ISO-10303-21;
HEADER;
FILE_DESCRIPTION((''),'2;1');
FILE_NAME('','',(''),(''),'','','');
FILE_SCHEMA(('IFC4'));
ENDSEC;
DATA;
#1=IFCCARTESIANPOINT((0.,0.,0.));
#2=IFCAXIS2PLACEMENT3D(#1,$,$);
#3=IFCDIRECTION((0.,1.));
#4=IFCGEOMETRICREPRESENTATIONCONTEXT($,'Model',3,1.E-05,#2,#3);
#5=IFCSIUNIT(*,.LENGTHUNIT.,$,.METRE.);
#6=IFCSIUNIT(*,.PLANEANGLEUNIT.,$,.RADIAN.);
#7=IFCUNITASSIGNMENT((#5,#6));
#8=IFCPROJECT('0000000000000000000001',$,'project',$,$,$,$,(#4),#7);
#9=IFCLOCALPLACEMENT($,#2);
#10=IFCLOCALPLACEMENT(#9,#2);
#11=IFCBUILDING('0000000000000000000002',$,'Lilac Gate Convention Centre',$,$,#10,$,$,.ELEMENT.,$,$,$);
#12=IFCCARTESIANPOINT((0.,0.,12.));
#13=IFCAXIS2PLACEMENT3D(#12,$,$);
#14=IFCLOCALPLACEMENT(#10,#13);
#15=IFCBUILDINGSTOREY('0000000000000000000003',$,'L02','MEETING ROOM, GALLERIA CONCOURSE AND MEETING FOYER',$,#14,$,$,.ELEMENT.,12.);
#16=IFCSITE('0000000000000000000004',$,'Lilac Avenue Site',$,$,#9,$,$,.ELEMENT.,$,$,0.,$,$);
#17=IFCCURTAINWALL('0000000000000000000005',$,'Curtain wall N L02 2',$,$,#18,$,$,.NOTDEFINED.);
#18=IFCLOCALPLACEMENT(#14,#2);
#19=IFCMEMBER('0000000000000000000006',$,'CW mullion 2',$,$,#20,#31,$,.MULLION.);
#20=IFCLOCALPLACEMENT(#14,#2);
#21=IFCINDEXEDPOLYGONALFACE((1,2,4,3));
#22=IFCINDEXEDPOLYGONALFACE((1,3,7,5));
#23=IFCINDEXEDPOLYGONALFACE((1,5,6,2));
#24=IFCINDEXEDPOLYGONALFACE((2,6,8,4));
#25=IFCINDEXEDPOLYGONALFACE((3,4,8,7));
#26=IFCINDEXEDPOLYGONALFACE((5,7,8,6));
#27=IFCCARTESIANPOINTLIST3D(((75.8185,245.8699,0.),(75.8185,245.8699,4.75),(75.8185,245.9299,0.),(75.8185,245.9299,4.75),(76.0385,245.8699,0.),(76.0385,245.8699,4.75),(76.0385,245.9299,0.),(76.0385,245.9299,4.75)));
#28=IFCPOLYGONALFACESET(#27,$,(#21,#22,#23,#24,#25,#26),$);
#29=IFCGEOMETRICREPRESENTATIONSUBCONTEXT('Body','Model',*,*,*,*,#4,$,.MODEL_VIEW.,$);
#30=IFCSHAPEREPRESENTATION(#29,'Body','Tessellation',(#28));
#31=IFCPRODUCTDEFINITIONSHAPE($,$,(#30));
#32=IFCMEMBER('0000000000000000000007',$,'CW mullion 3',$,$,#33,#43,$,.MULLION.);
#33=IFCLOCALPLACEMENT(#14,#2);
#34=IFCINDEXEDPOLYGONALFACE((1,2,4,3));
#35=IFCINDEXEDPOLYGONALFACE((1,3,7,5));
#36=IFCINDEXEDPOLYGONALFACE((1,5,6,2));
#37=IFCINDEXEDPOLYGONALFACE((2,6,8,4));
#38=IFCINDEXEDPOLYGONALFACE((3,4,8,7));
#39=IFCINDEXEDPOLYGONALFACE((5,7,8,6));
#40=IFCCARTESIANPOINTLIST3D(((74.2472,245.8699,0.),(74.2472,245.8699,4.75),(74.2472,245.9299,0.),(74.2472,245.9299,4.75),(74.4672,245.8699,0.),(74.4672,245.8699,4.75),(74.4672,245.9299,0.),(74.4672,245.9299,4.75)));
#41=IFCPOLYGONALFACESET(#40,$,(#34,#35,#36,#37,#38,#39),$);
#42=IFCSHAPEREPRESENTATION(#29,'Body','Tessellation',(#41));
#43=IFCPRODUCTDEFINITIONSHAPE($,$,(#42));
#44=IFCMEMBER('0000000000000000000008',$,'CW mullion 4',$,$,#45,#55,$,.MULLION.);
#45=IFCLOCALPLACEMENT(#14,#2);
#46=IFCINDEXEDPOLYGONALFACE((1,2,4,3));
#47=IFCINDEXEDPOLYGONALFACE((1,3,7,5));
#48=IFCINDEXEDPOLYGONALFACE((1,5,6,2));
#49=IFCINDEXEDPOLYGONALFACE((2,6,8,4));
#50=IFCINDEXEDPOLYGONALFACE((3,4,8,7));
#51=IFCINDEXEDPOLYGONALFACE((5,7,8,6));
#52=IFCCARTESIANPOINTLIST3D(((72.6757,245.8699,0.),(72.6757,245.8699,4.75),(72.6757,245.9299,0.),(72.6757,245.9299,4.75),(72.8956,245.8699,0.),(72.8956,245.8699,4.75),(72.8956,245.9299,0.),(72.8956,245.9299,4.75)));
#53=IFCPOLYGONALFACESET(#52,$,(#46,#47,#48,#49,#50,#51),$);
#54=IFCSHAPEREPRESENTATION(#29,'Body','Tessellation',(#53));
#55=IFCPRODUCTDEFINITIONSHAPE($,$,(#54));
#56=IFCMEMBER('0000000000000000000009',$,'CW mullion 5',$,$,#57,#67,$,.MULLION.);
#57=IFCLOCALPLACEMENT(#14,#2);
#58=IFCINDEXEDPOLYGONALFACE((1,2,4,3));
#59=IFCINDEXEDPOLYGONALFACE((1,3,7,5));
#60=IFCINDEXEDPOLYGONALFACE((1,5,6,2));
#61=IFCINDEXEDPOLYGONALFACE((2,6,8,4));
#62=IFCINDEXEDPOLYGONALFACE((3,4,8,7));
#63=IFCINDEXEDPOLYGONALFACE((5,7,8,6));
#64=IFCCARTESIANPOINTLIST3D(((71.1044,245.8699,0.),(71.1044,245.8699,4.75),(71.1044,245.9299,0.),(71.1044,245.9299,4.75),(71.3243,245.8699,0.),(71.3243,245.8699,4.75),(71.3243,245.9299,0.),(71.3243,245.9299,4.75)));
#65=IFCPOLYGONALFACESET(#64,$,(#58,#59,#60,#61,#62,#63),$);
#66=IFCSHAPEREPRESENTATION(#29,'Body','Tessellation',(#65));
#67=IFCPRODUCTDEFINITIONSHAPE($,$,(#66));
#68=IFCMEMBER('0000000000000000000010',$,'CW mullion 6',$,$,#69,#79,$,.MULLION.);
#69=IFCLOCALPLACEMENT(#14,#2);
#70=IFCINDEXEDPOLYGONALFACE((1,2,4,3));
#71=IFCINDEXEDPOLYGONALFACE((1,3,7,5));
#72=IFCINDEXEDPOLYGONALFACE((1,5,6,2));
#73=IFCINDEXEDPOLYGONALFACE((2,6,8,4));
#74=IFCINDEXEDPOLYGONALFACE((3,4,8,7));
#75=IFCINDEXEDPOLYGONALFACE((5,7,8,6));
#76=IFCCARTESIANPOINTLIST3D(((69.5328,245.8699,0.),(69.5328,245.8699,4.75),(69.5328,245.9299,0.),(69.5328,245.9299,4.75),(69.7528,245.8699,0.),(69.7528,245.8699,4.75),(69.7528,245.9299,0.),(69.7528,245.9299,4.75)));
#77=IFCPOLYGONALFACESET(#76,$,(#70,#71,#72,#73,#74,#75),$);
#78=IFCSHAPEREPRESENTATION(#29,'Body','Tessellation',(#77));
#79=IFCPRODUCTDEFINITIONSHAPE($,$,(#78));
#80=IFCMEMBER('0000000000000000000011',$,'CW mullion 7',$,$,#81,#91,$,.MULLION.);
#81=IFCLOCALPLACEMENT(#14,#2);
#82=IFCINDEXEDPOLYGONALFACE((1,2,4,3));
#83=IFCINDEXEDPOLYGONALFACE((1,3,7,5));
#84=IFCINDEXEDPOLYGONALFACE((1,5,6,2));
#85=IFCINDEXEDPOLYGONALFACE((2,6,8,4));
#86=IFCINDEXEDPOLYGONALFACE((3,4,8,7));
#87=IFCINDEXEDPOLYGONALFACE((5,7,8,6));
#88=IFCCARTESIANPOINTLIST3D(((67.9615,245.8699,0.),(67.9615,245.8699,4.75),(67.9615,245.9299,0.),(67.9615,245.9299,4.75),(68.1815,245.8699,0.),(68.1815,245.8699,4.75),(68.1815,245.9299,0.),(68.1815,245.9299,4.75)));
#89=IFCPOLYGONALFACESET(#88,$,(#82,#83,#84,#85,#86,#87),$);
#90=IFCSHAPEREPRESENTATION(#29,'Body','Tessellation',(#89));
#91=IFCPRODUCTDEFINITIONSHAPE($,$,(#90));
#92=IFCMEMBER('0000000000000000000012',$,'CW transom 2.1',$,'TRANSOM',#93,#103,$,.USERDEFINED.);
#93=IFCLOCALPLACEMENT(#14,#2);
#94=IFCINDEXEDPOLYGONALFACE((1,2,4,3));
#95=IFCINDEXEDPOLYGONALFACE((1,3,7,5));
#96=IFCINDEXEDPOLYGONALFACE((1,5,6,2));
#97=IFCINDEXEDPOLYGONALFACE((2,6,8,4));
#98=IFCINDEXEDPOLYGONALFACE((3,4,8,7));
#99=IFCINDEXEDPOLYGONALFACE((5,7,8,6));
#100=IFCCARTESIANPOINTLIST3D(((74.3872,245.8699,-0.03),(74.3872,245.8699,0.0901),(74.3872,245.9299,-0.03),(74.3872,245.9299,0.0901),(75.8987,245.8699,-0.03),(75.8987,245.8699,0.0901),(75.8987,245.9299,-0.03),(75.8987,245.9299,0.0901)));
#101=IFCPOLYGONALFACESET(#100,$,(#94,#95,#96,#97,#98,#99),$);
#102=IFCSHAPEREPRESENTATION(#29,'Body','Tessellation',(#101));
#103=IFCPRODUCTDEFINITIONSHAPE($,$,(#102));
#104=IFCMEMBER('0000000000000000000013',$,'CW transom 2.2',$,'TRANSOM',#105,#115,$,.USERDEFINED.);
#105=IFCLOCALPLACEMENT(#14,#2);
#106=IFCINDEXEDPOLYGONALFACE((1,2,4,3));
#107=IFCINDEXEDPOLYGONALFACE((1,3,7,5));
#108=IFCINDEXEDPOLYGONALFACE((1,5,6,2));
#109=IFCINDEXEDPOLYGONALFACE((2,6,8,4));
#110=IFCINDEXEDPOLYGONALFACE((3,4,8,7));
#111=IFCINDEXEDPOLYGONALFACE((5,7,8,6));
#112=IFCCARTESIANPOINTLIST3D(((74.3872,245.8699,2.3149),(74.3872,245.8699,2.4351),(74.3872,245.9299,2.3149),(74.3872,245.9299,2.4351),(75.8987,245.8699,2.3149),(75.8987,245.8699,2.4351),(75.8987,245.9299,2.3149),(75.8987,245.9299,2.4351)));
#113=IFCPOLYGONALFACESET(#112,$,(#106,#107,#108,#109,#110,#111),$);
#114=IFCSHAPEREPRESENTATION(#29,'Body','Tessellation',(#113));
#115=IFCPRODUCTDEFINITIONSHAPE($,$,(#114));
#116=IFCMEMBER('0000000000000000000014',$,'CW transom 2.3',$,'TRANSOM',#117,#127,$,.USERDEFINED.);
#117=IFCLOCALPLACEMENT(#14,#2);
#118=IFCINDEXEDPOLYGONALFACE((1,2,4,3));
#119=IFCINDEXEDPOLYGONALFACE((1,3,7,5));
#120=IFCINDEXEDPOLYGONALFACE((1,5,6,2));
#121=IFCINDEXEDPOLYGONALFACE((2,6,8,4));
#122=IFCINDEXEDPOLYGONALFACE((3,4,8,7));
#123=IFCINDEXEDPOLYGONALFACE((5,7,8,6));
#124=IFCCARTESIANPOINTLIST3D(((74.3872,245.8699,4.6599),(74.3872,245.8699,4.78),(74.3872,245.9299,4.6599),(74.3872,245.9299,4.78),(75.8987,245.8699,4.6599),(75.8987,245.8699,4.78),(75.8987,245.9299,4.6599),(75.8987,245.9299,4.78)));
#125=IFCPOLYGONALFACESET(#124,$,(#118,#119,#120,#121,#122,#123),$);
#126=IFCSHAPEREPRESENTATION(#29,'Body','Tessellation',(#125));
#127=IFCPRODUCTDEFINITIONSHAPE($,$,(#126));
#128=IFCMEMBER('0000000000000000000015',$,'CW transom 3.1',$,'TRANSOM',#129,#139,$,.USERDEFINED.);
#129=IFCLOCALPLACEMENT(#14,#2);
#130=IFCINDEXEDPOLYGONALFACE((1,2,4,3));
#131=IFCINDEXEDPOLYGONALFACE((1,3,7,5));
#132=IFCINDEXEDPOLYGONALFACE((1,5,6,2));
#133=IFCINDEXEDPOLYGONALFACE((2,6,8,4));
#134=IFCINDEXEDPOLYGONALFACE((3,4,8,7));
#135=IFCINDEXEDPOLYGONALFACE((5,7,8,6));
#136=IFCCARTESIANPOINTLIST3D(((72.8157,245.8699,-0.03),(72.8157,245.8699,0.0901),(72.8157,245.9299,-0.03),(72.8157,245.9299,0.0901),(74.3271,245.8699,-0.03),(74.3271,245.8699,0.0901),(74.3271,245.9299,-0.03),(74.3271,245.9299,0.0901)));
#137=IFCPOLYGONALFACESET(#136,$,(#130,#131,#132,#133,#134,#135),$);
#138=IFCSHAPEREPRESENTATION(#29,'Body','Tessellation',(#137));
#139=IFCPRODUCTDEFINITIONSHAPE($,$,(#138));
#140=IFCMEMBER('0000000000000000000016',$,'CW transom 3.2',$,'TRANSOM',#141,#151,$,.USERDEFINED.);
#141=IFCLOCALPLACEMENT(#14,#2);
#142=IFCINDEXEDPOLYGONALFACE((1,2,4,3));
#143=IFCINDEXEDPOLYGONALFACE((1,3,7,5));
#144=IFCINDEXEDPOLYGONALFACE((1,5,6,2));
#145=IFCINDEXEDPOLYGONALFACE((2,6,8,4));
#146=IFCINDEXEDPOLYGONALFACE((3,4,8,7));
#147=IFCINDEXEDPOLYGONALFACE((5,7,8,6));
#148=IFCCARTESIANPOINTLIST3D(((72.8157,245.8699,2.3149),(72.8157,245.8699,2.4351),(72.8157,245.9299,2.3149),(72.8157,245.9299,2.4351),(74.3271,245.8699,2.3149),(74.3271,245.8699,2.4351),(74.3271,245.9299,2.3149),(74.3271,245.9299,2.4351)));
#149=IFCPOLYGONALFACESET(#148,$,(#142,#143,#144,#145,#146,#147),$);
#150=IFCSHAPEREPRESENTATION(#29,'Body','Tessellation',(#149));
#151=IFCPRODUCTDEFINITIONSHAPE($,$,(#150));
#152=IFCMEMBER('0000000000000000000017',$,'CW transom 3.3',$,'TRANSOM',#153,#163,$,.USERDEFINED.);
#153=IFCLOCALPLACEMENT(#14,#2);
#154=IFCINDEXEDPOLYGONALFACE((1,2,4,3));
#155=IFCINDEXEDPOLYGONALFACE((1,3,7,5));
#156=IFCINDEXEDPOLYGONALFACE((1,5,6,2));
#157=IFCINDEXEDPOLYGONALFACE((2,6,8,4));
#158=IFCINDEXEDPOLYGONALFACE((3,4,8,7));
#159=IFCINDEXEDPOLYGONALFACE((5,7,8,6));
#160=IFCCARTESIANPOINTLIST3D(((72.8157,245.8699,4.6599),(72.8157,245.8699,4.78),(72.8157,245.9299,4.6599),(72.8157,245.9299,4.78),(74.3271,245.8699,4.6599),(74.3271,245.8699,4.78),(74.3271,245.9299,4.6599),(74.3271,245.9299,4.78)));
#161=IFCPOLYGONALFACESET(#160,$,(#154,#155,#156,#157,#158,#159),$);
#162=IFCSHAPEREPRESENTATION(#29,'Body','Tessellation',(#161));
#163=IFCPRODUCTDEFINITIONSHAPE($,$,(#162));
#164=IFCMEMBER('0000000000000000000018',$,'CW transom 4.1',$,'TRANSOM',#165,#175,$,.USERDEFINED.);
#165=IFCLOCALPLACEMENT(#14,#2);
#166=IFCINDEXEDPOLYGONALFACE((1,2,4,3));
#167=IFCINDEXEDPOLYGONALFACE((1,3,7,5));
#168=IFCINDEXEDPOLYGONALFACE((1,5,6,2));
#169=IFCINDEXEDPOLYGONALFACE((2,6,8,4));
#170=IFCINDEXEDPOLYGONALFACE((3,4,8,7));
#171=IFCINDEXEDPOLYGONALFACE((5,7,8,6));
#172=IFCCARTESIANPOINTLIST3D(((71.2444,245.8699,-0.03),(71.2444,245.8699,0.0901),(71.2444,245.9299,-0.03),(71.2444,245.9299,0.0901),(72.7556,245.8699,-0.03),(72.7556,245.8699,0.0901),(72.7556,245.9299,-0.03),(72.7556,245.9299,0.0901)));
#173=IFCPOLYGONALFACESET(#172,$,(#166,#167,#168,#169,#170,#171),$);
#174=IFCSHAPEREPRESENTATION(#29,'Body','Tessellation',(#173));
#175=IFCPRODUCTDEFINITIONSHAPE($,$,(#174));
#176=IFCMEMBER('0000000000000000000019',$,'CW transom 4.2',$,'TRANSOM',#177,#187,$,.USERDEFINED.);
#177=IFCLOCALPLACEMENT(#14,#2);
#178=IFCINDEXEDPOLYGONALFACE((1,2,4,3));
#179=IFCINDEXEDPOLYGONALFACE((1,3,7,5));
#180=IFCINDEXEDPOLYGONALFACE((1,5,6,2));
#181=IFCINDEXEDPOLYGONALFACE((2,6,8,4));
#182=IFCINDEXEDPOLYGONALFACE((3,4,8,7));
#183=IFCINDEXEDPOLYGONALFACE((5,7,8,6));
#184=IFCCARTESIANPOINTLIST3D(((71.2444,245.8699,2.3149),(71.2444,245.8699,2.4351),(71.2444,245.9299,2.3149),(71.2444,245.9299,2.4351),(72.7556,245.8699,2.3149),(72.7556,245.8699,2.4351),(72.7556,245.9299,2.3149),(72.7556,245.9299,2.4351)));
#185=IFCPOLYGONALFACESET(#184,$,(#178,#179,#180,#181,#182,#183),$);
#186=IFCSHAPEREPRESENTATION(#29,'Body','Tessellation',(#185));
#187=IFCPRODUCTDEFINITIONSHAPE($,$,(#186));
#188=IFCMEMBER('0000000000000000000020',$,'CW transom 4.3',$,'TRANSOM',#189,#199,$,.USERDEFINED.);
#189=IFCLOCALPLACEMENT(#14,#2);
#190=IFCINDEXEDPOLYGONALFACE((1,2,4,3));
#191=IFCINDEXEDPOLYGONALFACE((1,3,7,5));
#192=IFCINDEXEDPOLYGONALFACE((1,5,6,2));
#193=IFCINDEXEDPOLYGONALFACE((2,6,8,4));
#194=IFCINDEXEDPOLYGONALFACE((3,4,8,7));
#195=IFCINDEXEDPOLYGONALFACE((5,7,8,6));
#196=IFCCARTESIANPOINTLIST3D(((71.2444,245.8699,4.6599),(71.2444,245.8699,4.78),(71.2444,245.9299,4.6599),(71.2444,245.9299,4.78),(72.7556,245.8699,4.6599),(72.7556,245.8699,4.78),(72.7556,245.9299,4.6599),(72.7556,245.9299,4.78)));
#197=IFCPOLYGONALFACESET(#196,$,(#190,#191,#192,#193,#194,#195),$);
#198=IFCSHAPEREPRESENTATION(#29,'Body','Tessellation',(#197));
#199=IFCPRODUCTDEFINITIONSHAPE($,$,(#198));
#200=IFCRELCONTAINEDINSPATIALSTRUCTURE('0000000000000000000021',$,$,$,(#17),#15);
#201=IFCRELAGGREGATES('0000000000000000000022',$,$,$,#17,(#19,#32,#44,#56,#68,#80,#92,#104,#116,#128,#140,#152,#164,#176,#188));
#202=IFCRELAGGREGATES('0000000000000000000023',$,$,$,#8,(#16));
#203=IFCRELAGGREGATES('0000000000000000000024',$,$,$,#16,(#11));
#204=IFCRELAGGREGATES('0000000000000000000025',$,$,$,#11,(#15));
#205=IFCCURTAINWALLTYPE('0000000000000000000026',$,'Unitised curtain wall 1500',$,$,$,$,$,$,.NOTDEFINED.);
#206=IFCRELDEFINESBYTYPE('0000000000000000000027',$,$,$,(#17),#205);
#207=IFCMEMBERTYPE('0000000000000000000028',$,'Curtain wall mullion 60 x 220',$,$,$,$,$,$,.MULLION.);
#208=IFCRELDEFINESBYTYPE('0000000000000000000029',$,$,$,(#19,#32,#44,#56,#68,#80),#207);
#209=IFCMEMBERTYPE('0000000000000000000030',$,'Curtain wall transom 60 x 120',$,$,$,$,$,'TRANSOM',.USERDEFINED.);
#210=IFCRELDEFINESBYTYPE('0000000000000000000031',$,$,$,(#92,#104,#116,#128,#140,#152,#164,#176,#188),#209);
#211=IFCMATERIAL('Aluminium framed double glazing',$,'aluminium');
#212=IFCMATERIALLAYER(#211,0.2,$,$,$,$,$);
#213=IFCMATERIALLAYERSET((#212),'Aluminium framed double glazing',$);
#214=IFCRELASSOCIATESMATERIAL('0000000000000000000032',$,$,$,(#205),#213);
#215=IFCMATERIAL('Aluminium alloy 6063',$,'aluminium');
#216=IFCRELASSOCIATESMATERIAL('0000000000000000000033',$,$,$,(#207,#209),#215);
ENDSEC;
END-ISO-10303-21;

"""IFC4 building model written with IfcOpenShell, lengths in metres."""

from ifc_helpers import new_model, si_unit, direction, frame, origin, origin_2d, place, context, subcontext, project, spatial, rectangle, extrude, material, layer, layer_set, material_profile, profile_set, type_object, element, aggregate, save


model = new_model("IFC4")

# Units and contexts
model_context = context("Model", 3, precision=1e-05, world=origin(), true_north=direction((0.0, 1.0)))
body_context = subcontext(model_context, "Body", "Model", "MODEL_VIEW")
ifc_project = project(units=[si_unit("LENGTHUNIT", "METRE"), si_unit("PLANEANGLEUNIT", "RADIAN")], contexts=[model_context])

# Site, building, storey
site_placement = place(None, origin())
site = spatial("IfcSite", under=ifc_project, at=site_placement, Name="Lilac Avenue Site", CompositionType="ELEMENT", RefElevation=0.0)
building_placement = place(site_placement, origin())
building = spatial("IfcBuilding", under=site, at=building_placement, Name="Lilac Gate Convention Centre", CompositionType="ELEMENT")
storey_placement = place(building_placement, frame((0.0, 0.0, 12.0)))
storey = spatial("IfcBuildingStorey", under=building, at=storey_placement, Name="L02", Description="MEETING ROOM, GALLERIA CONCOURSE AND MEETING FOYER", CompositionType="ELEMENT", Elevation=12.0)

# Curtain wall, members
ifc_material_1 = material(Name="Aluminium framed double glazing", Category="aluminium")
ifc_layer_1 = layer(ifc_material_1, 0.2)
ifc_layer_set_1 = layer_set([ifc_layer_1], Name="Aluminium framed double glazing")
curtain_wall_type = type_object("IfcCurtainWallType", Name="Unitised curtain wall 1500", PredefinedType="NOTDEFINED", material=ifc_layer_set_1)
curtain_wall_placement = place(storey_placement, origin())
curtain_wall = element("IfcCurtainWall", 1, at=curtain_wall_placement, inside=storey, type_object=curtain_wall_type, Name="Curtain wall N L02 2", PredefinedType="NOTDEFINED")
ifc_material_2 = material(Name="Aluminium alloy 6063", Category="aluminium")
ifc_material_profile_1 = material_profile(ifc_material_2, rectangle(XDim=0.0601, YDim=0.22, at=origin_2d()), Name="Curtain wall mullion 60 x 220")
ifc_profile_set_1 = profile_set([ifc_material_profile_1], Name="Aluminium alloy 6063")
member_type_1 = type_object("IfcMemberType", Name="Curtain wall mullion 60 x 220", PredefinedType="MULLION", material=ifc_profile_set_1)
member_1_placement = place(storey_placement, frame((75.9285, 245.8999, 0.0), z_axis=(0.0, 0.0, 1.0), x_axis=(0.0, -1.0, 0.0)))
member_1 = element("IfcMember", 2, at=member_1_placement, type_object=member_type_1, Name="CW mullion 2", PredefinedType="MULLION", context=body_context, shape_type="SweptSolid", body=[
    extrude(rectangle(XDim=0.0601, YDim=0.22, at=origin_2d()), origin(), (0.0, 0.0, 1.0), 4.75),
])
member_2_placement = place(storey_placement, frame((74.3572, 245.8999, 0.0), z_axis=(0.0, 0.0, 1.0), x_axis=(0.0, -1.0, 0.0)))
member_2 = element("IfcMember", 3, at=member_2_placement, type_object=member_type_1, Name="CW mullion 3", PredefinedType="MULLION", context=body_context, shape_type="SweptSolid", body=[
    extrude(rectangle(XDim=0.0601, YDim=0.22, at=origin_2d()), origin(), (0.0, 0.0, 1.0), 4.75),
])
member_3_placement = place(storey_placement, frame((72.7856, 245.8999, 0.0), z_axis=(0.0, 0.0, 1.0), x_axis=(0.0, -1.0, 0.0)))
member_3 = element("IfcMember", 4, at=member_3_placement, type_object=member_type_1, Name="CW mullion 4", PredefinedType="MULLION", context=body_context, shape_type="SweptSolid", body=[
    extrude(rectangle(XDim=0.0601, YDim=0.22, at=origin_2d()), origin(), (0.0, 0.0, 1.0), 4.75),
])
member_4_placement = place(storey_placement, frame((71.2144, 245.8999, 0.0), z_axis=(0.0, 0.0, 1.0), x_axis=(0.0, -1.0, 0.0)))
member_4 = element("IfcMember", 5, at=member_4_placement, type_object=member_type_1, Name="CW mullion 5", PredefinedType="MULLION", context=body_context, shape_type="SweptSolid", body=[
    extrude(rectangle(XDim=0.0601, YDim=0.22, at=origin_2d()), origin(), (0.0, 0.0, 1.0), 4.75),
])
member_5_placement = place(storey_placement, frame((69.6428, 245.8999, 0.0), z_axis=(0.0, 0.0, 1.0), x_axis=(0.0, -1.0, 0.0)))
member_5 = element("IfcMember", 6, at=member_5_placement, type_object=member_type_1, Name="CW mullion 6", PredefinedType="MULLION", context=body_context, shape_type="SweptSolid", body=[
    extrude(rectangle(XDim=0.0601, YDim=0.22, at=origin_2d()), origin(), (0.0, 0.0, 1.0), 4.75),
])
member_6_placement = place(storey_placement, frame((68.0715, 245.8999, 0.0), z_axis=(0.0, 0.0, 1.0), x_axis=(0.0, -1.0, 0.0)))
member_6 = element("IfcMember", 7, at=member_6_placement, type_object=member_type_1, Name="CW mullion 7", PredefinedType="MULLION", context=body_context, shape_type="SweptSolid", body=[
    extrude(rectangle(XDim=0.0601, YDim=0.22, at=origin_2d()), origin(), (0.0, 0.0, 1.0), 4.75),
])
ifc_material_profile_2 = material_profile(ifc_material_2, rectangle(XDim=0.0601, YDim=0.1201, at=origin_2d()), Name="Curtain wall transom 60 x 120")
ifc_profile_set_2 = profile_set([ifc_material_profile_2], Name="Aluminium alloy 6063")
member_type_2 = type_object("IfcMemberType", Name="Curtain wall transom 60 x 120", ElementType="TRANSOM", PredefinedType="USERDEFINED", material=ifc_profile_set_2)
member_7_placement = place(storey_placement, frame((75.8987, 245.8999, 0.03), z_axis=(-1.0, 0.0, 0.0), x_axis=(0.0, -1.0, 0.0)))
member_7 = element("IfcMember", 8, at=member_7_placement, type_object=member_type_2, Name="CW transom 2.1", ObjectType="TRANSOM", PredefinedType="USERDEFINED", context=body_context, shape_type="SweptSolid", body=[
    extrude(rectangle(XDim=0.0601, YDim=0.1201, at=origin_2d()), origin(), (0.0, 0.0, 1.0), 1.5115),
])
member_8_placement = place(storey_placement, frame((75.8987, 245.8999, 2.375), z_axis=(-1.0, 0.0, 0.0), x_axis=(0.0, -1.0, 0.0)))
member_8 = element("IfcMember", 9, at=member_8_placement, type_object=member_type_2, Name="CW transom 2.2", ObjectType="TRANSOM", PredefinedType="USERDEFINED", context=body_context, shape_type="SweptSolid", body=[
    extrude(rectangle(XDim=0.0601, YDim=0.1201, at=origin_2d()), origin(), (0.0, 0.0, 1.0), 1.5115),
])
member_9_placement = place(storey_placement, frame((75.8987, 245.8999, 4.72), z_axis=(-1.0, 0.0, 0.0), x_axis=(0.0, -1.0, 0.0)))
member_9 = element("IfcMember", 10, at=member_9_placement, type_object=member_type_2, Name="CW transom 2.3", ObjectType="TRANSOM", PredefinedType="USERDEFINED", context=body_context, shape_type="SweptSolid", body=[
    extrude(rectangle(XDim=0.0601, YDim=0.1201, at=origin_2d()), origin(), (0.0, 0.0, 1.0), 1.5115),
])
member_10_placement = place(storey_placement, frame((74.3271, 245.8999, 0.03), z_axis=(-1.0, 0.0, 0.0), x_axis=(0.0, -1.0, 0.0)))
member_10 = element("IfcMember", 11, at=member_10_placement, type_object=member_type_2, Name="CW transom 3.1", ObjectType="TRANSOM", PredefinedType="USERDEFINED", context=body_context, shape_type="SweptSolid", body=[
    extrude(rectangle(XDim=0.0601, YDim=0.1201, at=origin_2d()), origin(), (0.0, 0.0, 1.0), 1.5115),
])
member_11_placement = place(storey_placement, frame((74.3271, 245.8999, 2.375), z_axis=(-1.0, 0.0, 0.0), x_axis=(0.0, -1.0, 0.0)))
member_11 = element("IfcMember", 12, at=member_11_placement, type_object=member_type_2, Name="CW transom 3.2", ObjectType="TRANSOM", PredefinedType="USERDEFINED", context=body_context, shape_type="SweptSolid", body=[
    extrude(rectangle(XDim=0.0601, YDim=0.1201, at=origin_2d()), origin(), (0.0, 0.0, 1.0), 1.5115),
])
member_12_placement = place(storey_placement, frame((74.3271, 245.8999, 4.72), z_axis=(-1.0, 0.0, 0.0), x_axis=(0.0, -1.0, 0.0)))
member_12 = element("IfcMember", 13, at=member_12_placement, type_object=member_type_2, Name="CW transom 3.3", ObjectType="TRANSOM", PredefinedType="USERDEFINED", context=body_context, shape_type="SweptSolid", body=[
    extrude(rectangle(XDim=0.0601, YDim=0.1201, at=origin_2d()), origin(), (0.0, 0.0, 1.0), 1.5115),
])
member_13_placement = place(storey_placement, frame((72.7556, 245.8999, 0.03), z_axis=(-1.0, 0.0, 0.0), x_axis=(0.0, -1.0, 0.0)))
member_13 = element("IfcMember", 14, at=member_13_placement, type_object=member_type_2, Name="CW transom 4.1", ObjectType="TRANSOM", PredefinedType="USERDEFINED", context=body_context, shape_type="SweptSolid", body=[
    extrude(rectangle(XDim=0.0601, YDim=0.1201, at=origin_2d()), origin(), (0.0, 0.0, 1.0), 1.5112),
])
member_14_placement = place(storey_placement, frame((72.7556, 245.8999, 2.375), z_axis=(-1.0, 0.0, 0.0), x_axis=(0.0, -1.0, 0.0)))
member_14 = element("IfcMember", 15, at=member_14_placement, type_object=member_type_2, Name="CW transom 4.2", ObjectType="TRANSOM", PredefinedType="USERDEFINED", context=body_context, shape_type="SweptSolid", body=[
    extrude(rectangle(XDim=0.0601, YDim=0.1201, at=origin_2d()), origin(), (0.0, 0.0, 1.0), 1.5112),
])
member_15_placement = place(storey_placement, frame((72.7556, 245.8999, 4.72), z_axis=(-1.0, 0.0, 0.0), x_axis=(0.0, -1.0, 0.0)))
member_15 = element("IfcMember", 16, at=member_15_placement, type_object=member_type_2, Name="CW transom 4.3", ObjectType="TRANSOM", PredefinedType="USERDEFINED", context=body_context, shape_type="SweptSolid", body=[
    extrude(rectangle(XDim=0.0601, YDim=0.1201, at=origin_2d()), origin(), (0.0, 0.0, 1.0), 1.5112),
])
aggregate(curtain_wall, [member_1, member_2, member_3, member_4, member_5, member_6, member_7, member_8, member_9, member_10, member_11, member_12, member_13, member_14, member_15])

save(model, "model.ifc")
